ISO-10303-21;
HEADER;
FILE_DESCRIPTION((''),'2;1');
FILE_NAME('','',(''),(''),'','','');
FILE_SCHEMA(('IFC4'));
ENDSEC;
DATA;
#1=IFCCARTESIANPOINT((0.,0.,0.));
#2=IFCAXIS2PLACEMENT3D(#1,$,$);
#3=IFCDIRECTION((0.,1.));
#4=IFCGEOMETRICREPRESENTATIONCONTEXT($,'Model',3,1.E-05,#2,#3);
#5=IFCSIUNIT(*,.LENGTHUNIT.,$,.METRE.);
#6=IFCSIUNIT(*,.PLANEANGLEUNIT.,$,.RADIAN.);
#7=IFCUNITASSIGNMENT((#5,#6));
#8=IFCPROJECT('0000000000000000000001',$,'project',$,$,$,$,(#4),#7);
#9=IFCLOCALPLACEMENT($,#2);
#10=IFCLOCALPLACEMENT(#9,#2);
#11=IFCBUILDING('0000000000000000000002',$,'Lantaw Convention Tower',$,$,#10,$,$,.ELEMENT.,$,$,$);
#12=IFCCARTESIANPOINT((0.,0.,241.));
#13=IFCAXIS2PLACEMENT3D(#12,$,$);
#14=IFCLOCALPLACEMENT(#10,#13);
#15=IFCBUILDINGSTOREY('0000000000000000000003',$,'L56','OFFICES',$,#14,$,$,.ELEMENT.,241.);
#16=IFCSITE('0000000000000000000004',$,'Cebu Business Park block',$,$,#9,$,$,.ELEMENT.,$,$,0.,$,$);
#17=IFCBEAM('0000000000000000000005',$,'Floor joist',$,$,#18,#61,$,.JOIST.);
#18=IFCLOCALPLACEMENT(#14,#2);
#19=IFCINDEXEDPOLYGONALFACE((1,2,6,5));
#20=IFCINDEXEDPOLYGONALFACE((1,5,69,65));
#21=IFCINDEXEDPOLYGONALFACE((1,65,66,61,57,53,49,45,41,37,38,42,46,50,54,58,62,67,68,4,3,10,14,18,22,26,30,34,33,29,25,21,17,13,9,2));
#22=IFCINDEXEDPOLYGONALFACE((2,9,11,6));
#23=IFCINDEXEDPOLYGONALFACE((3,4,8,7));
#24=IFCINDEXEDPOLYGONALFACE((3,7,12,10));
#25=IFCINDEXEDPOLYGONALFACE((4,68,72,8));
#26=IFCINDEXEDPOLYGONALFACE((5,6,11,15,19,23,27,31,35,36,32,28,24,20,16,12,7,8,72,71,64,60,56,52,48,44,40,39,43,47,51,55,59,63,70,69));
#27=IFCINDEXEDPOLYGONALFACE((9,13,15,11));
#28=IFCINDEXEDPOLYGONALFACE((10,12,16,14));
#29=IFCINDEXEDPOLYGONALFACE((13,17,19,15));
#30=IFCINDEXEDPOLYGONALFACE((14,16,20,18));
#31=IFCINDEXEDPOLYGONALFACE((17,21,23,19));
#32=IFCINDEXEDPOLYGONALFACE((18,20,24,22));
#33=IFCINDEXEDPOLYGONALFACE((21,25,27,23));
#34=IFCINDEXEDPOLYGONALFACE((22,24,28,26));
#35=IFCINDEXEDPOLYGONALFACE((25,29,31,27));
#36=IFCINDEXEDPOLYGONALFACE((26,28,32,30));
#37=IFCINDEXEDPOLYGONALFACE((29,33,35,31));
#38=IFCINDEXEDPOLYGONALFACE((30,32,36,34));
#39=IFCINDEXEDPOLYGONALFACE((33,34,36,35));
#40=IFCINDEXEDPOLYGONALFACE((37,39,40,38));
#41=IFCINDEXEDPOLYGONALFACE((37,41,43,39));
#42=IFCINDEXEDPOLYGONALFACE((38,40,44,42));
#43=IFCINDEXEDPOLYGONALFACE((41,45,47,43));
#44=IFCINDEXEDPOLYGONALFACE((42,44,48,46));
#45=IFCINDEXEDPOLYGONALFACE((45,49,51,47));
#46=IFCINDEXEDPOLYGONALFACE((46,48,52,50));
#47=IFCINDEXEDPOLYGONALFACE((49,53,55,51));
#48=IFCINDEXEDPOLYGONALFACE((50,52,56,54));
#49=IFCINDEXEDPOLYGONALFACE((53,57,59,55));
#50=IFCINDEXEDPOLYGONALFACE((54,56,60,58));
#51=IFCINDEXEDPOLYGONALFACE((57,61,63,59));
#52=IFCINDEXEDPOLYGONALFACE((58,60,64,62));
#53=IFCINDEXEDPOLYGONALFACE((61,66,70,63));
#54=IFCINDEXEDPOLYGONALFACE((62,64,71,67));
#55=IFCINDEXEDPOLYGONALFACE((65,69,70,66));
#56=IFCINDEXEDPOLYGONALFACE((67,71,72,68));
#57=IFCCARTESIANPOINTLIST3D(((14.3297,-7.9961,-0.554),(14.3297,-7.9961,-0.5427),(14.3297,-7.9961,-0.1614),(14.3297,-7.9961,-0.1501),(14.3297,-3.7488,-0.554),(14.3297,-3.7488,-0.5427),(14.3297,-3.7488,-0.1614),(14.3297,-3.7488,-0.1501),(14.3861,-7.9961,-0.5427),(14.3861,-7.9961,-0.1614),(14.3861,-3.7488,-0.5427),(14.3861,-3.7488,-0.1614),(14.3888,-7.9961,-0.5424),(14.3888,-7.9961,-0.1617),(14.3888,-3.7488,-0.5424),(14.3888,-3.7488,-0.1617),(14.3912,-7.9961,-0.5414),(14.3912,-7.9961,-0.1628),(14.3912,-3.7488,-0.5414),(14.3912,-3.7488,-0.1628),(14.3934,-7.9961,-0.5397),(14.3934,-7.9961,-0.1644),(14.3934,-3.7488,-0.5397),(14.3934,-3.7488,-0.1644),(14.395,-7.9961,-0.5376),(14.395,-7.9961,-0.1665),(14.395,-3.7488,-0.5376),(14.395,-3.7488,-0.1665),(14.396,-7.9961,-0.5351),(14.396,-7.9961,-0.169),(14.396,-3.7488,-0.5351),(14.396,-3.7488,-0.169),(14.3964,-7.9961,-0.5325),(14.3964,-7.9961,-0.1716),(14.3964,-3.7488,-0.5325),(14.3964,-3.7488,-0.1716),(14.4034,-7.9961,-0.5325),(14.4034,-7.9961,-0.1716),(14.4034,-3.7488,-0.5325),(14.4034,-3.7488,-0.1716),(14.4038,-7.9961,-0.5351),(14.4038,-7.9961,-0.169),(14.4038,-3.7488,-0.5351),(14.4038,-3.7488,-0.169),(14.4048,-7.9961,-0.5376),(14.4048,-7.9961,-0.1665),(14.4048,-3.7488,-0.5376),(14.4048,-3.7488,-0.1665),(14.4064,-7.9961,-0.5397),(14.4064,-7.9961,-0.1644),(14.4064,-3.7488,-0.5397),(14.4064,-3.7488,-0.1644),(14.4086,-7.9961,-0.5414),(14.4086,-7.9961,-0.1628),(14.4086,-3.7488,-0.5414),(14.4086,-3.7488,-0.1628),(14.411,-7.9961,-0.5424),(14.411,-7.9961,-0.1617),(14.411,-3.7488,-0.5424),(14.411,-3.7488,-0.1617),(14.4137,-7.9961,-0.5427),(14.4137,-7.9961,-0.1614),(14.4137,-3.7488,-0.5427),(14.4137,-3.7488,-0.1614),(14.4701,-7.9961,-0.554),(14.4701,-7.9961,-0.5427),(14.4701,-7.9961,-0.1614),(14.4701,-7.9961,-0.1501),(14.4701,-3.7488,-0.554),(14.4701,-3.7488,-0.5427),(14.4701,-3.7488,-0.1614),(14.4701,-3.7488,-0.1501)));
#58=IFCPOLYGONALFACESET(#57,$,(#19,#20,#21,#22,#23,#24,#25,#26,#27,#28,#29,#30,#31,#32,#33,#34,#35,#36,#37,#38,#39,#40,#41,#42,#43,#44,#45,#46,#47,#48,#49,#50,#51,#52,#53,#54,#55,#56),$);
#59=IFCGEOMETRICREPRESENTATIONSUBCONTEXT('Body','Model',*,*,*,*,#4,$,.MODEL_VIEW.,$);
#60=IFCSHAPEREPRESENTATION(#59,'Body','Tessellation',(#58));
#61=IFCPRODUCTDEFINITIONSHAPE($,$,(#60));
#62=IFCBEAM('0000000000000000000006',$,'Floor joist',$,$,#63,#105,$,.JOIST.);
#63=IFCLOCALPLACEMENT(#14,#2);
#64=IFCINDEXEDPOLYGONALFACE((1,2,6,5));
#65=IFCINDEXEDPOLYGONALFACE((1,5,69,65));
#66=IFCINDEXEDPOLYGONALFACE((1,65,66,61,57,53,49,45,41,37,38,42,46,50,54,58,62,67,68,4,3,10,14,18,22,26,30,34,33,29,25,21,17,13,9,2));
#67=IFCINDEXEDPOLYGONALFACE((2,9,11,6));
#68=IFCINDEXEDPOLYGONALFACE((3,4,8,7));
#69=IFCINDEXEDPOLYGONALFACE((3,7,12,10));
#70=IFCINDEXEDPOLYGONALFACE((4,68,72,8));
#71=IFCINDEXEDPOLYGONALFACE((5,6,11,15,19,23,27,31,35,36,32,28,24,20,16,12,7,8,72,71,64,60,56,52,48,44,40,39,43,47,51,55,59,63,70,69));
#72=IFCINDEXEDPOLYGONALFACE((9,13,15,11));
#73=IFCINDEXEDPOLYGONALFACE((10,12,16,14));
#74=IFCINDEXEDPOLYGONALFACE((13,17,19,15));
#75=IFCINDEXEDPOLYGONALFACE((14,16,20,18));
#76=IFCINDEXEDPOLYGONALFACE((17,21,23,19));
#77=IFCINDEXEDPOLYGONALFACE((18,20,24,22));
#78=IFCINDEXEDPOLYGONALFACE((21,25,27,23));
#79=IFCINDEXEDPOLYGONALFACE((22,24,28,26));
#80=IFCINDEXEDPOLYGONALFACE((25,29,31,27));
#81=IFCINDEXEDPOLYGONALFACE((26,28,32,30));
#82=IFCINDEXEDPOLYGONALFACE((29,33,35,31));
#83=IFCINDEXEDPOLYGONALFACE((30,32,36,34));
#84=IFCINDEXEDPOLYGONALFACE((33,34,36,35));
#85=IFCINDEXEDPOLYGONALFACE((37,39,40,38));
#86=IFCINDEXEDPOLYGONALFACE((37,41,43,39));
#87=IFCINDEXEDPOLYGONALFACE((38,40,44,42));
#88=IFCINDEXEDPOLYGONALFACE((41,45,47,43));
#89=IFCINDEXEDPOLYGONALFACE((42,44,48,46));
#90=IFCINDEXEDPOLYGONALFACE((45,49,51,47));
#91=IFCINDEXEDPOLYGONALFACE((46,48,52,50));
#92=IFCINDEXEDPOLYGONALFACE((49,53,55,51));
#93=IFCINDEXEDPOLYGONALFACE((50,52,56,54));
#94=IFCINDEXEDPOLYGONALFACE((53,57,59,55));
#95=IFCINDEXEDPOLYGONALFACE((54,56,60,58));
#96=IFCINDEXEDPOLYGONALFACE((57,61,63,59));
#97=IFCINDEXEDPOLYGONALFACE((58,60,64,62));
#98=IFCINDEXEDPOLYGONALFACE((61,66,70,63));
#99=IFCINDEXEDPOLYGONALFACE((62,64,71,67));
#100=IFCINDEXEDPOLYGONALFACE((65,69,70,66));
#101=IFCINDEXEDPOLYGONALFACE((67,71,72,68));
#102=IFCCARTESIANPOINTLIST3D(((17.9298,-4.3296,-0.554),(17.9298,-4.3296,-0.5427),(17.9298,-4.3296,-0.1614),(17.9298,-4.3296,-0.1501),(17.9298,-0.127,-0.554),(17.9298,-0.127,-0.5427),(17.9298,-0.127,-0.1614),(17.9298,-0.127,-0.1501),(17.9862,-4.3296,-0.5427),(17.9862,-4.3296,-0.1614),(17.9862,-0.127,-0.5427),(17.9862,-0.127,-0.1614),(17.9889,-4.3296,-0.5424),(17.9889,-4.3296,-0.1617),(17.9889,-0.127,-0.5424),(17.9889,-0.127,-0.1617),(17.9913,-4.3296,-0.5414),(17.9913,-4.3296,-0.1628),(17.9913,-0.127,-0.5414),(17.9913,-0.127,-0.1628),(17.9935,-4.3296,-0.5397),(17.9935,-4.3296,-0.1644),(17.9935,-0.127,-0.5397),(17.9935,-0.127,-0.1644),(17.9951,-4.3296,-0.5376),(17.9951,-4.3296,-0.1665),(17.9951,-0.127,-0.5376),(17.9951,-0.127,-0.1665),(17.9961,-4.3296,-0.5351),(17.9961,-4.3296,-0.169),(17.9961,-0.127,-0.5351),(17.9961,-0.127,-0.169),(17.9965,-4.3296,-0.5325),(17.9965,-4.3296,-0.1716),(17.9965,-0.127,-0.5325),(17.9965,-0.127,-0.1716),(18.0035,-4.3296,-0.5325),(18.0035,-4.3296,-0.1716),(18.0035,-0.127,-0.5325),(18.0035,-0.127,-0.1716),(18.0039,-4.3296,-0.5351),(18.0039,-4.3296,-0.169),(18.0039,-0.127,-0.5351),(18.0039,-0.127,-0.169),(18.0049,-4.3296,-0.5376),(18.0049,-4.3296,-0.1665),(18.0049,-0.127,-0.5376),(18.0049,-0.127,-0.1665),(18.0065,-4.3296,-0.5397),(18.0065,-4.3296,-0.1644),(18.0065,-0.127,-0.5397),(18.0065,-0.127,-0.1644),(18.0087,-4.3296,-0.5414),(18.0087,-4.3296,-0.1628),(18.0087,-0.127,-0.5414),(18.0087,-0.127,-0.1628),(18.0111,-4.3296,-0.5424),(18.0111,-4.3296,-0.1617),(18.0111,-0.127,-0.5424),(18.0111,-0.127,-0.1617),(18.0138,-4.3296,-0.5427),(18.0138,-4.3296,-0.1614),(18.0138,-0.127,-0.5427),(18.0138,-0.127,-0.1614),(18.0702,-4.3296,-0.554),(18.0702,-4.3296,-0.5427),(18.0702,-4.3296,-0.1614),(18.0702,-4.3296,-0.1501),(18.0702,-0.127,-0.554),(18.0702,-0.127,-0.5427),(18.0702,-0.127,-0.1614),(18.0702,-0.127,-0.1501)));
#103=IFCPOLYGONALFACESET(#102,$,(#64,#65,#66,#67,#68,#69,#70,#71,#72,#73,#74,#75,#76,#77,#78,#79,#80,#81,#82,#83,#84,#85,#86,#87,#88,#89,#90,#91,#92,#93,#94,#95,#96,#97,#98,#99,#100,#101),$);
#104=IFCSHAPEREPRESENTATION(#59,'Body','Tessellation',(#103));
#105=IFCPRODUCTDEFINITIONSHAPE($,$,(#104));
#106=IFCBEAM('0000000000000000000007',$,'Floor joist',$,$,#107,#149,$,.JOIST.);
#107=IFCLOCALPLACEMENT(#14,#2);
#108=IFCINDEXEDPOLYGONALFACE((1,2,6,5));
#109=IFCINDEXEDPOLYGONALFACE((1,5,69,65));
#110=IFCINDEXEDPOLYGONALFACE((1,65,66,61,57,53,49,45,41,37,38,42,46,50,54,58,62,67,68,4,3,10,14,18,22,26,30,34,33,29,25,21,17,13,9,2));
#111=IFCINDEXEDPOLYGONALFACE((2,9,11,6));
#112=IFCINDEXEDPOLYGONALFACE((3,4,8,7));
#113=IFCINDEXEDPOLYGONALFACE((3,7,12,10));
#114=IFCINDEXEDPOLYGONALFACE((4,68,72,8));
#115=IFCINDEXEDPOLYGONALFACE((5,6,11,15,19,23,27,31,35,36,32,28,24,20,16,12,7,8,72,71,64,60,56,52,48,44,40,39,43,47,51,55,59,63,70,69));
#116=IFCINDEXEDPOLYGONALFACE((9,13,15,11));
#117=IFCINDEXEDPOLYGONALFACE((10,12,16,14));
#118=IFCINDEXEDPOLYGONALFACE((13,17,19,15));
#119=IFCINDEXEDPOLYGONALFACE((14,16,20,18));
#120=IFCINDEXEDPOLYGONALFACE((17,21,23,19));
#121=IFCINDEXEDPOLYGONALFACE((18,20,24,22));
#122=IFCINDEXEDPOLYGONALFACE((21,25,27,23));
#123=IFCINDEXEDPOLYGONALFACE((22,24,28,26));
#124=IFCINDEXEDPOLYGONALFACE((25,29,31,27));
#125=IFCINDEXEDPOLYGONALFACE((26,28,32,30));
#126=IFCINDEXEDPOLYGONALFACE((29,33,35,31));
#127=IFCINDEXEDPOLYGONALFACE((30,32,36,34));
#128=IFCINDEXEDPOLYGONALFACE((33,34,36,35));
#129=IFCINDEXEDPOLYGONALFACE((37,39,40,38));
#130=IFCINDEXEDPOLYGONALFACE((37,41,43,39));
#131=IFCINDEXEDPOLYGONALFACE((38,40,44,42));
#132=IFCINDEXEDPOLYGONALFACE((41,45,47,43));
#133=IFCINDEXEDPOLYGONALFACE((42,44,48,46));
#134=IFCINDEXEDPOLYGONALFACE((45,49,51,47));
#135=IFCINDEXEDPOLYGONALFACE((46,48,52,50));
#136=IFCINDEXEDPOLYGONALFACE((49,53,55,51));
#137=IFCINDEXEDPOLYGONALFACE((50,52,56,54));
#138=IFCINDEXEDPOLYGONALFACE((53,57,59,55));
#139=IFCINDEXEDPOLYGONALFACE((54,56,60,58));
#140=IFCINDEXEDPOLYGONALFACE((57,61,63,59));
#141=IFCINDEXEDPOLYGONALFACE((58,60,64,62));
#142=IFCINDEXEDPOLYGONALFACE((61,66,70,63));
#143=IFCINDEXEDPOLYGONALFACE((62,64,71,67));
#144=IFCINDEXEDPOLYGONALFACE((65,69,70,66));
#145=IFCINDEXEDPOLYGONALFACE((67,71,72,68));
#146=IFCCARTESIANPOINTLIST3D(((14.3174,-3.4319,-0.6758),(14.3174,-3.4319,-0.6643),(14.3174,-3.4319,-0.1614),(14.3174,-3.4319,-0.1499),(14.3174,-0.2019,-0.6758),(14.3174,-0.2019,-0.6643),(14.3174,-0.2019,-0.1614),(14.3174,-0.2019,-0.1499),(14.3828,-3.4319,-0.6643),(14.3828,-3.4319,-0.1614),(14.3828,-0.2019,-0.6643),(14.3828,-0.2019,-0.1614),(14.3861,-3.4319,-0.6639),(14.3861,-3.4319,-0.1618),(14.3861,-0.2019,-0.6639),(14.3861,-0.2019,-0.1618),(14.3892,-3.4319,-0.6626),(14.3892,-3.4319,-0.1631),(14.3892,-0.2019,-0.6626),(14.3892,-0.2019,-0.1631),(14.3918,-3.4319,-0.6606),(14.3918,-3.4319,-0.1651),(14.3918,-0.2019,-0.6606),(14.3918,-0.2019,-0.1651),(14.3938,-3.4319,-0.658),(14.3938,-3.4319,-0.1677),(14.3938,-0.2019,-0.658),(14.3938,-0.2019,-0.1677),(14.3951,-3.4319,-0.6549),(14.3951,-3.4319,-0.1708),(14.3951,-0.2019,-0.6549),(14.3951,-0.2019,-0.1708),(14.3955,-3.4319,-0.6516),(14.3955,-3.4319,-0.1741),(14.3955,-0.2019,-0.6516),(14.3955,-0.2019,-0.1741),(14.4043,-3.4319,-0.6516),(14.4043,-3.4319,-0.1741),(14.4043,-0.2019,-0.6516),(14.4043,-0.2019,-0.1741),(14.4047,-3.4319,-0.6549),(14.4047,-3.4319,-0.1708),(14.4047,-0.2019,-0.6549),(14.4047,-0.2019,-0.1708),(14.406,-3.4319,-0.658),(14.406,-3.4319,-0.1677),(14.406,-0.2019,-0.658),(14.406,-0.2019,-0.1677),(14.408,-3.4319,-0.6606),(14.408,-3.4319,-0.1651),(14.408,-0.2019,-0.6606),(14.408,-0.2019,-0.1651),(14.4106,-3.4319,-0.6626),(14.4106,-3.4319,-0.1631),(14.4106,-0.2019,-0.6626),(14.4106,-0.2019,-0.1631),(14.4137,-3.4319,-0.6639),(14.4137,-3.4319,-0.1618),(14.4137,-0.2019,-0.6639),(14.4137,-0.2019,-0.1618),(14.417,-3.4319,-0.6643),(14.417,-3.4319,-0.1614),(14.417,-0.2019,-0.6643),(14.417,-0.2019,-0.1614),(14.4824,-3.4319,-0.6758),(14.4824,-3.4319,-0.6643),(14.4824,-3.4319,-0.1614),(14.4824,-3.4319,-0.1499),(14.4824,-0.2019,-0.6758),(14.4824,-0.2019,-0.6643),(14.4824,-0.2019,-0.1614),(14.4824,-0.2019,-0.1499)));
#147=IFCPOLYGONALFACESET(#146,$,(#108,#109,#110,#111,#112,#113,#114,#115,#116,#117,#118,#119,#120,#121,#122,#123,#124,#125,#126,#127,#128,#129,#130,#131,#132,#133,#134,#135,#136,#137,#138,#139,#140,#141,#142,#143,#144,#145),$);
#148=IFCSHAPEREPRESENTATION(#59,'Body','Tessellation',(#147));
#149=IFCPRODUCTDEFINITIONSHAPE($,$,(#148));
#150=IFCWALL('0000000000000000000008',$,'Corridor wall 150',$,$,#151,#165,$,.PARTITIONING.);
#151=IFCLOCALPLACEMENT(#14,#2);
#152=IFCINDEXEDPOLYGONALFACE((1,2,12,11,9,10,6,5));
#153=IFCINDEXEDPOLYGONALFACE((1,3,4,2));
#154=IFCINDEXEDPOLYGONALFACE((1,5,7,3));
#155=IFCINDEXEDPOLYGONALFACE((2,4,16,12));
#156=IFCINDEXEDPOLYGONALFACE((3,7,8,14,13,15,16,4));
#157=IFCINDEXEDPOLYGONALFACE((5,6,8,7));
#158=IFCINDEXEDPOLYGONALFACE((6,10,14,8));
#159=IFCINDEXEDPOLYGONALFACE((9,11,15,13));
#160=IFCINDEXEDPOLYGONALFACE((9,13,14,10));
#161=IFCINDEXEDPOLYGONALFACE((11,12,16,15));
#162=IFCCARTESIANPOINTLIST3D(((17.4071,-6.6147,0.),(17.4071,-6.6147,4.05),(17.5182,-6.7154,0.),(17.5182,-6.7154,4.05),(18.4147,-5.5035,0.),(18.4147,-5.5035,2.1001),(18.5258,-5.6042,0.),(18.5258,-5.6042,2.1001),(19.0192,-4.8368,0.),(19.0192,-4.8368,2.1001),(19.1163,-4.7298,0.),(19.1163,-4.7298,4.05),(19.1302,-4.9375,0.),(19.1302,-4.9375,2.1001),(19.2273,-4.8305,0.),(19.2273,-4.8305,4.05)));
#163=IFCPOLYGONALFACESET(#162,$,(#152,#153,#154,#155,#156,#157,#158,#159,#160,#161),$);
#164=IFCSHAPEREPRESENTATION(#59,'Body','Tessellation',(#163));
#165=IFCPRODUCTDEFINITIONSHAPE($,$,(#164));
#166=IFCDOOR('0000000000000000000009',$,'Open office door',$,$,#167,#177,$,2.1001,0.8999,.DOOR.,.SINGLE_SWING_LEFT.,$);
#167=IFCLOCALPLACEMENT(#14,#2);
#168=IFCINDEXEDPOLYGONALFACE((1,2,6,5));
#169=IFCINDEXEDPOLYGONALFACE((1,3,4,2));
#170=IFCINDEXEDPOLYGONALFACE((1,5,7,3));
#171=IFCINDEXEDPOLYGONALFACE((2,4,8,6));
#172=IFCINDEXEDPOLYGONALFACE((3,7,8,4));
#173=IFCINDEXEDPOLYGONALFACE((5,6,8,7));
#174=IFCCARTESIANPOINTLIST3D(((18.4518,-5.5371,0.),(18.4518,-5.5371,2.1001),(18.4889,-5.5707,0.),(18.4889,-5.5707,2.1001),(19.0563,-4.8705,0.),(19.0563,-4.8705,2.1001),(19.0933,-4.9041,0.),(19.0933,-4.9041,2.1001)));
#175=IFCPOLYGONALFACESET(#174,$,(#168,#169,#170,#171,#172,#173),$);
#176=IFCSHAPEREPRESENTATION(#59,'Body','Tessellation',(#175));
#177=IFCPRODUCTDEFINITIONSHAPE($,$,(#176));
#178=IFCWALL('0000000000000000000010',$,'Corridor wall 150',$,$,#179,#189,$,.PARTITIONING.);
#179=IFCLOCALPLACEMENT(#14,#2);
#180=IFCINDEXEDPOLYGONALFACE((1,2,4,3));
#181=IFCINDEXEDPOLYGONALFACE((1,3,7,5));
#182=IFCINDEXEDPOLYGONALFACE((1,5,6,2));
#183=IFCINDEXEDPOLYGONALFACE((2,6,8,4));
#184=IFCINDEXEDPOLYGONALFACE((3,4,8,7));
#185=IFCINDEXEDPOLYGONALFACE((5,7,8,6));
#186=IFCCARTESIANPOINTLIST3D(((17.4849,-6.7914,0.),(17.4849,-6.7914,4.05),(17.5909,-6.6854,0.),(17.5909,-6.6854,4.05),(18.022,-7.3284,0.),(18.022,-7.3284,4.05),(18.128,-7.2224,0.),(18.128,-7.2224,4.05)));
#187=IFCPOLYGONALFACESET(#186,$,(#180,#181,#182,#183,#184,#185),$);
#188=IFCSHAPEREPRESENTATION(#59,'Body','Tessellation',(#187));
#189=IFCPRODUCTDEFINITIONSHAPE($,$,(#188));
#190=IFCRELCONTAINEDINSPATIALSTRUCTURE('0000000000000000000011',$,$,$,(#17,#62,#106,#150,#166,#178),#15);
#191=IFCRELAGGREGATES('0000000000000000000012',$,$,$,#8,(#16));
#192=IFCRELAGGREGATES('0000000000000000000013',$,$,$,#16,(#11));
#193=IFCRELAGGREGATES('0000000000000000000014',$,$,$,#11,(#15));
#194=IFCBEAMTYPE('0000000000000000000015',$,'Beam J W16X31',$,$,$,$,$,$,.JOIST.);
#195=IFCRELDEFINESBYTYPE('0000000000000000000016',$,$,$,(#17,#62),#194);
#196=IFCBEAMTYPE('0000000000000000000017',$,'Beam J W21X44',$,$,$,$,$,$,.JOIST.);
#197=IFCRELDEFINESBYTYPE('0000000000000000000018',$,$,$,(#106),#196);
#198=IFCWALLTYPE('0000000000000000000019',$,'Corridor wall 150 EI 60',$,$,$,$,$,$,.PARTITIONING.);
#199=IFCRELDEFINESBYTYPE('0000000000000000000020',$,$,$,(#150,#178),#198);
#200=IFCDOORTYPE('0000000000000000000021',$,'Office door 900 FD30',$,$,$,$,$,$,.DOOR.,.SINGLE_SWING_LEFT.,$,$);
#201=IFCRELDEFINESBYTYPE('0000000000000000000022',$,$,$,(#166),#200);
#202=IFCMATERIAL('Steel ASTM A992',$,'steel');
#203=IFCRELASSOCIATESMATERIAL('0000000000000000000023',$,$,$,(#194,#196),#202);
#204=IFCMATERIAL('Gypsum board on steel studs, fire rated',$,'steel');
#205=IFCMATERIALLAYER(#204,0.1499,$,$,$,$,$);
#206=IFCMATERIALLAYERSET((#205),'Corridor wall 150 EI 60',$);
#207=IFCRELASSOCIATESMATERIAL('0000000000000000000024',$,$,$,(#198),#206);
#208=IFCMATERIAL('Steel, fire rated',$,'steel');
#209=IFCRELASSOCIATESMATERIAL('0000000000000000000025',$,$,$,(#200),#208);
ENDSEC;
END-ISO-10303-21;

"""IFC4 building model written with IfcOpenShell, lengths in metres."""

from ifc_helpers import new_model, si_unit, direction, frame, frame_2d, origin, origin_2d, place, context, subcontext, project, spatial, rectangle, i_section, extrude, material, layer, layer_set, material_profile, profile_set, type_object, element, fill, save


model = new_model("IFC4")

# Units and contexts
model_context = context("Model", 3, precision=1e-05, world=origin(), true_north=direction((0.0, 1.0)))
body_context = subcontext(model_context, "Body", "Model", "MODEL_VIEW")
ifc_project = project(units=[si_unit("LENGTHUNIT", "METRE"), si_unit("PLANEANGLEUNIT", "RADIAN")], contexts=[model_context])

# Site, building, storey
site_placement = place(None, origin())
site = spatial("IfcSite", under=ifc_project, at=site_placement, Name="Cebu Business Park block", CompositionType="ELEMENT", RefElevation=0.0)
building_placement = place(site_placement, origin())
building = spatial("IfcBuilding", under=site, at=building_placement, Name="Lantaw Convention Tower", CompositionType="ELEMENT")
storey_placement = place(building_placement, frame((0.0, 0.0, 241.0)))
storey = spatial("IfcBuildingStorey", under=building, at=storey_placement, Name="L56", Description="OFFICES", CompositionType="ELEMENT", Elevation=241.0)

# Beams
ifc_material_1 = material(Name="Steel ASTM A992", Category="steel")
ifc_material_profile_1 = material_profile(ifc_material_1, i_section(OverallWidth=0.1404, OverallDepth=0.4038, WebThickness=0.0071, FlangeThickness=0.0112, FilletRadius=0.0103, at=origin_2d()), Name="W16X31")
ifc_profile_set_1 = profile_set([ifc_material_profile_1], Name="Steel ASTM A992")
beam_type_1 = type_object("IfcBeamType", Name="Beam J W16X31", PredefinedType="JOIST", material=ifc_profile_set_1)
beam_1_placement = place(storey_placement, frame((14.3999, -7.9961, -0.3521), z_axis=(0.0, 1.0, 0.0), x_axis=(-1.0, 0.0, 0.0)))
element("IfcBeam", 1, at=beam_1_placement, inside=storey, type_object=beam_type_1, Name="Floor joist", PredefinedType="JOIST", context=body_context, shape_type="SweptSolid", body=[
    extrude(i_section(OverallWidth=0.1404, OverallDepth=0.4038, WebThickness=0.0071, FlangeThickness=0.0112, FilletRadius=0.0103, at=origin_2d()), origin(), (0.0, 0.0, 1.0), 4.2473),
])
beam_2_placement = place(storey_placement, frame((18.0, -4.3296, -0.3521), z_axis=(0.0, 1.0, 0.0), x_axis=(-1.0, 0.0, 0.0)))
element("IfcBeam", 2, at=beam_2_placement, inside=storey, type_object=beam_type_1, Name="Floor joist", PredefinedType="JOIST", context=body_context, shape_type="SweptSolid", body=[
    extrude(i_section(OverallWidth=0.1404, OverallDepth=0.4038, WebThickness=0.0071, FlangeThickness=0.0112, FilletRadius=0.0103, at=origin_2d()), origin(), (0.0, 0.0, 1.0), 4.2026),
])
ifc_material_profile_2 = material_profile(ifc_material_1, i_section(OverallWidth=0.165, OverallDepth=0.5259, WebThickness=0.0088, FlangeThickness=0.0115, FilletRadius=0.0127, at=origin_2d()), Name="W21X44")
ifc_profile_set_2 = profile_set([ifc_material_profile_2], Name="Steel ASTM A992")
beam_type_2 = type_object("IfcBeamType", Name="Beam J W21X44", PredefinedType="JOIST", material=ifc_profile_set_2)
beam_3_placement = place(storey_placement, frame((14.3999, -3.4319, -0.4128), z_axis=(0.0, 1.0, 0.0), x_axis=(-1.0, 0.0, 0.0)))
element("IfcBeam", 3, at=beam_3_placement, inside=storey, type_object=beam_type_2, Name="Floor joist", PredefinedType="JOIST", context=body_context, shape_type="SweptSolid", body=[
    extrude(i_section(OverallWidth=0.165, OverallDepth=0.5259, WebThickness=0.0088, FlangeThickness=0.0115, FilletRadius=0.0127, at=origin_2d()), origin(), (0.0, 0.0, 1.0), 3.23),
])

# Wall, opening, door
ifc_material_2 = material(Name="Gypsum board on steel studs, fire rated", Category="steel")
ifc_layer_1 = layer(ifc_material_2, 0.1499)
ifc_layer_set_1 = layer_set([ifc_layer_1], Name="Corridor wall 150 EI 60")
wall_type_1 = type_object("IfcWallType", Name="Corridor wall 150 EI 60", PredefinedType="PARTITIONING", material=ifc_layer_set_1)
wall_1_placement = place(storey_placement, frame((17.4626, -6.665, 0.0), z_axis=(0.0, 0.0, 1.0), x_axis=(0.671722, 0.740803, 0.0)))
wall_1 = element("IfcWall", 4, at=wall_1_placement, inside=storey, type_object=wall_type_1, Name="Corridor wall 150", PredefinedType="PARTITIONING", context=body_context, shape_type="SweptSolid", body=[
    extrude(rectangle(XDim=2.5444, YDim=0.1499, at=frame_2d((1.2722, 0.0))), origin(), (0.0, 0.0, 1.0), 4.05),
])
opening_1_placement = place(wall_1_placement, frame((1.5, 0.0, 0.0)))
opening_1 = element("IfcOpeningElement", 5, at=opening_1_placement, cuts=wall_1, PredefinedType="OPENING", context=body_context, shape_type="SweptSolid", body=[
    extrude(rectangle(XDim=0.8999, YDim=2.1001, at=frame_2d((0.45, 1.05))), frame((0.0, 0.085, 0.0), z_axis=(0.0, -1.0, 0.0), x_axis=(1.0, 0.0, 0.0)), (0.0, 0.0, 1.0), 0.1699),
])
ifc_material_3 = material(Name="Steel, fire rated", Category="steel")
door_type_1 = type_object("IfcDoorType", Name="Office door 900 FD30", OperationType="SINGLE_SWING_LEFT", PredefinedType="DOOR", material=ifc_material_3)
door_1_placement = place(opening_1_placement, origin())
door_1 = element("IfcDoor", 6, at=door_1_placement, inside=storey, type_object=door_type_1, Name="Open office door", OperationType="SINGLE_SWING_LEFT", OverallHeight=2.1001, OverallWidth=0.8999, PredefinedType="DOOR", context=body_context, shape_type="SweptSolid", body=[
    extrude(rectangle(XDim=0.8999, YDim=2.1001, at=frame_2d((0.45, 1.05))), frame((0.0, 0.0249, 0.0), z_axis=(0.0, -1.0, 0.0), x_axis=(1.0, 0.0, 0.0)), (0.0, 0.0, 1.0), 0.05),
])
fill(opening_1, door_1)

# Wall
wall_2_placement = place(storey_placement, frame((17.5378, -6.7383, 0.0), z_axis=(0.0, 0.0, 1.0), x_axis=(0.707107, -0.707107, 0.0)))
element("IfcWall", 7, at=wall_2_placement, inside=storey, type_object=wall_type_1, Name="Corridor wall 150", PredefinedType="PARTITIONING", context=body_context, shape_type="SweptSolid", body=[
    extrude(rectangle(XDim=0.7595, YDim=0.1499, at=frame_2d((0.3799, 0.0))), origin(), (0.0, 0.0, 1.0), 4.05),
])

save(model, "model.ifc")
